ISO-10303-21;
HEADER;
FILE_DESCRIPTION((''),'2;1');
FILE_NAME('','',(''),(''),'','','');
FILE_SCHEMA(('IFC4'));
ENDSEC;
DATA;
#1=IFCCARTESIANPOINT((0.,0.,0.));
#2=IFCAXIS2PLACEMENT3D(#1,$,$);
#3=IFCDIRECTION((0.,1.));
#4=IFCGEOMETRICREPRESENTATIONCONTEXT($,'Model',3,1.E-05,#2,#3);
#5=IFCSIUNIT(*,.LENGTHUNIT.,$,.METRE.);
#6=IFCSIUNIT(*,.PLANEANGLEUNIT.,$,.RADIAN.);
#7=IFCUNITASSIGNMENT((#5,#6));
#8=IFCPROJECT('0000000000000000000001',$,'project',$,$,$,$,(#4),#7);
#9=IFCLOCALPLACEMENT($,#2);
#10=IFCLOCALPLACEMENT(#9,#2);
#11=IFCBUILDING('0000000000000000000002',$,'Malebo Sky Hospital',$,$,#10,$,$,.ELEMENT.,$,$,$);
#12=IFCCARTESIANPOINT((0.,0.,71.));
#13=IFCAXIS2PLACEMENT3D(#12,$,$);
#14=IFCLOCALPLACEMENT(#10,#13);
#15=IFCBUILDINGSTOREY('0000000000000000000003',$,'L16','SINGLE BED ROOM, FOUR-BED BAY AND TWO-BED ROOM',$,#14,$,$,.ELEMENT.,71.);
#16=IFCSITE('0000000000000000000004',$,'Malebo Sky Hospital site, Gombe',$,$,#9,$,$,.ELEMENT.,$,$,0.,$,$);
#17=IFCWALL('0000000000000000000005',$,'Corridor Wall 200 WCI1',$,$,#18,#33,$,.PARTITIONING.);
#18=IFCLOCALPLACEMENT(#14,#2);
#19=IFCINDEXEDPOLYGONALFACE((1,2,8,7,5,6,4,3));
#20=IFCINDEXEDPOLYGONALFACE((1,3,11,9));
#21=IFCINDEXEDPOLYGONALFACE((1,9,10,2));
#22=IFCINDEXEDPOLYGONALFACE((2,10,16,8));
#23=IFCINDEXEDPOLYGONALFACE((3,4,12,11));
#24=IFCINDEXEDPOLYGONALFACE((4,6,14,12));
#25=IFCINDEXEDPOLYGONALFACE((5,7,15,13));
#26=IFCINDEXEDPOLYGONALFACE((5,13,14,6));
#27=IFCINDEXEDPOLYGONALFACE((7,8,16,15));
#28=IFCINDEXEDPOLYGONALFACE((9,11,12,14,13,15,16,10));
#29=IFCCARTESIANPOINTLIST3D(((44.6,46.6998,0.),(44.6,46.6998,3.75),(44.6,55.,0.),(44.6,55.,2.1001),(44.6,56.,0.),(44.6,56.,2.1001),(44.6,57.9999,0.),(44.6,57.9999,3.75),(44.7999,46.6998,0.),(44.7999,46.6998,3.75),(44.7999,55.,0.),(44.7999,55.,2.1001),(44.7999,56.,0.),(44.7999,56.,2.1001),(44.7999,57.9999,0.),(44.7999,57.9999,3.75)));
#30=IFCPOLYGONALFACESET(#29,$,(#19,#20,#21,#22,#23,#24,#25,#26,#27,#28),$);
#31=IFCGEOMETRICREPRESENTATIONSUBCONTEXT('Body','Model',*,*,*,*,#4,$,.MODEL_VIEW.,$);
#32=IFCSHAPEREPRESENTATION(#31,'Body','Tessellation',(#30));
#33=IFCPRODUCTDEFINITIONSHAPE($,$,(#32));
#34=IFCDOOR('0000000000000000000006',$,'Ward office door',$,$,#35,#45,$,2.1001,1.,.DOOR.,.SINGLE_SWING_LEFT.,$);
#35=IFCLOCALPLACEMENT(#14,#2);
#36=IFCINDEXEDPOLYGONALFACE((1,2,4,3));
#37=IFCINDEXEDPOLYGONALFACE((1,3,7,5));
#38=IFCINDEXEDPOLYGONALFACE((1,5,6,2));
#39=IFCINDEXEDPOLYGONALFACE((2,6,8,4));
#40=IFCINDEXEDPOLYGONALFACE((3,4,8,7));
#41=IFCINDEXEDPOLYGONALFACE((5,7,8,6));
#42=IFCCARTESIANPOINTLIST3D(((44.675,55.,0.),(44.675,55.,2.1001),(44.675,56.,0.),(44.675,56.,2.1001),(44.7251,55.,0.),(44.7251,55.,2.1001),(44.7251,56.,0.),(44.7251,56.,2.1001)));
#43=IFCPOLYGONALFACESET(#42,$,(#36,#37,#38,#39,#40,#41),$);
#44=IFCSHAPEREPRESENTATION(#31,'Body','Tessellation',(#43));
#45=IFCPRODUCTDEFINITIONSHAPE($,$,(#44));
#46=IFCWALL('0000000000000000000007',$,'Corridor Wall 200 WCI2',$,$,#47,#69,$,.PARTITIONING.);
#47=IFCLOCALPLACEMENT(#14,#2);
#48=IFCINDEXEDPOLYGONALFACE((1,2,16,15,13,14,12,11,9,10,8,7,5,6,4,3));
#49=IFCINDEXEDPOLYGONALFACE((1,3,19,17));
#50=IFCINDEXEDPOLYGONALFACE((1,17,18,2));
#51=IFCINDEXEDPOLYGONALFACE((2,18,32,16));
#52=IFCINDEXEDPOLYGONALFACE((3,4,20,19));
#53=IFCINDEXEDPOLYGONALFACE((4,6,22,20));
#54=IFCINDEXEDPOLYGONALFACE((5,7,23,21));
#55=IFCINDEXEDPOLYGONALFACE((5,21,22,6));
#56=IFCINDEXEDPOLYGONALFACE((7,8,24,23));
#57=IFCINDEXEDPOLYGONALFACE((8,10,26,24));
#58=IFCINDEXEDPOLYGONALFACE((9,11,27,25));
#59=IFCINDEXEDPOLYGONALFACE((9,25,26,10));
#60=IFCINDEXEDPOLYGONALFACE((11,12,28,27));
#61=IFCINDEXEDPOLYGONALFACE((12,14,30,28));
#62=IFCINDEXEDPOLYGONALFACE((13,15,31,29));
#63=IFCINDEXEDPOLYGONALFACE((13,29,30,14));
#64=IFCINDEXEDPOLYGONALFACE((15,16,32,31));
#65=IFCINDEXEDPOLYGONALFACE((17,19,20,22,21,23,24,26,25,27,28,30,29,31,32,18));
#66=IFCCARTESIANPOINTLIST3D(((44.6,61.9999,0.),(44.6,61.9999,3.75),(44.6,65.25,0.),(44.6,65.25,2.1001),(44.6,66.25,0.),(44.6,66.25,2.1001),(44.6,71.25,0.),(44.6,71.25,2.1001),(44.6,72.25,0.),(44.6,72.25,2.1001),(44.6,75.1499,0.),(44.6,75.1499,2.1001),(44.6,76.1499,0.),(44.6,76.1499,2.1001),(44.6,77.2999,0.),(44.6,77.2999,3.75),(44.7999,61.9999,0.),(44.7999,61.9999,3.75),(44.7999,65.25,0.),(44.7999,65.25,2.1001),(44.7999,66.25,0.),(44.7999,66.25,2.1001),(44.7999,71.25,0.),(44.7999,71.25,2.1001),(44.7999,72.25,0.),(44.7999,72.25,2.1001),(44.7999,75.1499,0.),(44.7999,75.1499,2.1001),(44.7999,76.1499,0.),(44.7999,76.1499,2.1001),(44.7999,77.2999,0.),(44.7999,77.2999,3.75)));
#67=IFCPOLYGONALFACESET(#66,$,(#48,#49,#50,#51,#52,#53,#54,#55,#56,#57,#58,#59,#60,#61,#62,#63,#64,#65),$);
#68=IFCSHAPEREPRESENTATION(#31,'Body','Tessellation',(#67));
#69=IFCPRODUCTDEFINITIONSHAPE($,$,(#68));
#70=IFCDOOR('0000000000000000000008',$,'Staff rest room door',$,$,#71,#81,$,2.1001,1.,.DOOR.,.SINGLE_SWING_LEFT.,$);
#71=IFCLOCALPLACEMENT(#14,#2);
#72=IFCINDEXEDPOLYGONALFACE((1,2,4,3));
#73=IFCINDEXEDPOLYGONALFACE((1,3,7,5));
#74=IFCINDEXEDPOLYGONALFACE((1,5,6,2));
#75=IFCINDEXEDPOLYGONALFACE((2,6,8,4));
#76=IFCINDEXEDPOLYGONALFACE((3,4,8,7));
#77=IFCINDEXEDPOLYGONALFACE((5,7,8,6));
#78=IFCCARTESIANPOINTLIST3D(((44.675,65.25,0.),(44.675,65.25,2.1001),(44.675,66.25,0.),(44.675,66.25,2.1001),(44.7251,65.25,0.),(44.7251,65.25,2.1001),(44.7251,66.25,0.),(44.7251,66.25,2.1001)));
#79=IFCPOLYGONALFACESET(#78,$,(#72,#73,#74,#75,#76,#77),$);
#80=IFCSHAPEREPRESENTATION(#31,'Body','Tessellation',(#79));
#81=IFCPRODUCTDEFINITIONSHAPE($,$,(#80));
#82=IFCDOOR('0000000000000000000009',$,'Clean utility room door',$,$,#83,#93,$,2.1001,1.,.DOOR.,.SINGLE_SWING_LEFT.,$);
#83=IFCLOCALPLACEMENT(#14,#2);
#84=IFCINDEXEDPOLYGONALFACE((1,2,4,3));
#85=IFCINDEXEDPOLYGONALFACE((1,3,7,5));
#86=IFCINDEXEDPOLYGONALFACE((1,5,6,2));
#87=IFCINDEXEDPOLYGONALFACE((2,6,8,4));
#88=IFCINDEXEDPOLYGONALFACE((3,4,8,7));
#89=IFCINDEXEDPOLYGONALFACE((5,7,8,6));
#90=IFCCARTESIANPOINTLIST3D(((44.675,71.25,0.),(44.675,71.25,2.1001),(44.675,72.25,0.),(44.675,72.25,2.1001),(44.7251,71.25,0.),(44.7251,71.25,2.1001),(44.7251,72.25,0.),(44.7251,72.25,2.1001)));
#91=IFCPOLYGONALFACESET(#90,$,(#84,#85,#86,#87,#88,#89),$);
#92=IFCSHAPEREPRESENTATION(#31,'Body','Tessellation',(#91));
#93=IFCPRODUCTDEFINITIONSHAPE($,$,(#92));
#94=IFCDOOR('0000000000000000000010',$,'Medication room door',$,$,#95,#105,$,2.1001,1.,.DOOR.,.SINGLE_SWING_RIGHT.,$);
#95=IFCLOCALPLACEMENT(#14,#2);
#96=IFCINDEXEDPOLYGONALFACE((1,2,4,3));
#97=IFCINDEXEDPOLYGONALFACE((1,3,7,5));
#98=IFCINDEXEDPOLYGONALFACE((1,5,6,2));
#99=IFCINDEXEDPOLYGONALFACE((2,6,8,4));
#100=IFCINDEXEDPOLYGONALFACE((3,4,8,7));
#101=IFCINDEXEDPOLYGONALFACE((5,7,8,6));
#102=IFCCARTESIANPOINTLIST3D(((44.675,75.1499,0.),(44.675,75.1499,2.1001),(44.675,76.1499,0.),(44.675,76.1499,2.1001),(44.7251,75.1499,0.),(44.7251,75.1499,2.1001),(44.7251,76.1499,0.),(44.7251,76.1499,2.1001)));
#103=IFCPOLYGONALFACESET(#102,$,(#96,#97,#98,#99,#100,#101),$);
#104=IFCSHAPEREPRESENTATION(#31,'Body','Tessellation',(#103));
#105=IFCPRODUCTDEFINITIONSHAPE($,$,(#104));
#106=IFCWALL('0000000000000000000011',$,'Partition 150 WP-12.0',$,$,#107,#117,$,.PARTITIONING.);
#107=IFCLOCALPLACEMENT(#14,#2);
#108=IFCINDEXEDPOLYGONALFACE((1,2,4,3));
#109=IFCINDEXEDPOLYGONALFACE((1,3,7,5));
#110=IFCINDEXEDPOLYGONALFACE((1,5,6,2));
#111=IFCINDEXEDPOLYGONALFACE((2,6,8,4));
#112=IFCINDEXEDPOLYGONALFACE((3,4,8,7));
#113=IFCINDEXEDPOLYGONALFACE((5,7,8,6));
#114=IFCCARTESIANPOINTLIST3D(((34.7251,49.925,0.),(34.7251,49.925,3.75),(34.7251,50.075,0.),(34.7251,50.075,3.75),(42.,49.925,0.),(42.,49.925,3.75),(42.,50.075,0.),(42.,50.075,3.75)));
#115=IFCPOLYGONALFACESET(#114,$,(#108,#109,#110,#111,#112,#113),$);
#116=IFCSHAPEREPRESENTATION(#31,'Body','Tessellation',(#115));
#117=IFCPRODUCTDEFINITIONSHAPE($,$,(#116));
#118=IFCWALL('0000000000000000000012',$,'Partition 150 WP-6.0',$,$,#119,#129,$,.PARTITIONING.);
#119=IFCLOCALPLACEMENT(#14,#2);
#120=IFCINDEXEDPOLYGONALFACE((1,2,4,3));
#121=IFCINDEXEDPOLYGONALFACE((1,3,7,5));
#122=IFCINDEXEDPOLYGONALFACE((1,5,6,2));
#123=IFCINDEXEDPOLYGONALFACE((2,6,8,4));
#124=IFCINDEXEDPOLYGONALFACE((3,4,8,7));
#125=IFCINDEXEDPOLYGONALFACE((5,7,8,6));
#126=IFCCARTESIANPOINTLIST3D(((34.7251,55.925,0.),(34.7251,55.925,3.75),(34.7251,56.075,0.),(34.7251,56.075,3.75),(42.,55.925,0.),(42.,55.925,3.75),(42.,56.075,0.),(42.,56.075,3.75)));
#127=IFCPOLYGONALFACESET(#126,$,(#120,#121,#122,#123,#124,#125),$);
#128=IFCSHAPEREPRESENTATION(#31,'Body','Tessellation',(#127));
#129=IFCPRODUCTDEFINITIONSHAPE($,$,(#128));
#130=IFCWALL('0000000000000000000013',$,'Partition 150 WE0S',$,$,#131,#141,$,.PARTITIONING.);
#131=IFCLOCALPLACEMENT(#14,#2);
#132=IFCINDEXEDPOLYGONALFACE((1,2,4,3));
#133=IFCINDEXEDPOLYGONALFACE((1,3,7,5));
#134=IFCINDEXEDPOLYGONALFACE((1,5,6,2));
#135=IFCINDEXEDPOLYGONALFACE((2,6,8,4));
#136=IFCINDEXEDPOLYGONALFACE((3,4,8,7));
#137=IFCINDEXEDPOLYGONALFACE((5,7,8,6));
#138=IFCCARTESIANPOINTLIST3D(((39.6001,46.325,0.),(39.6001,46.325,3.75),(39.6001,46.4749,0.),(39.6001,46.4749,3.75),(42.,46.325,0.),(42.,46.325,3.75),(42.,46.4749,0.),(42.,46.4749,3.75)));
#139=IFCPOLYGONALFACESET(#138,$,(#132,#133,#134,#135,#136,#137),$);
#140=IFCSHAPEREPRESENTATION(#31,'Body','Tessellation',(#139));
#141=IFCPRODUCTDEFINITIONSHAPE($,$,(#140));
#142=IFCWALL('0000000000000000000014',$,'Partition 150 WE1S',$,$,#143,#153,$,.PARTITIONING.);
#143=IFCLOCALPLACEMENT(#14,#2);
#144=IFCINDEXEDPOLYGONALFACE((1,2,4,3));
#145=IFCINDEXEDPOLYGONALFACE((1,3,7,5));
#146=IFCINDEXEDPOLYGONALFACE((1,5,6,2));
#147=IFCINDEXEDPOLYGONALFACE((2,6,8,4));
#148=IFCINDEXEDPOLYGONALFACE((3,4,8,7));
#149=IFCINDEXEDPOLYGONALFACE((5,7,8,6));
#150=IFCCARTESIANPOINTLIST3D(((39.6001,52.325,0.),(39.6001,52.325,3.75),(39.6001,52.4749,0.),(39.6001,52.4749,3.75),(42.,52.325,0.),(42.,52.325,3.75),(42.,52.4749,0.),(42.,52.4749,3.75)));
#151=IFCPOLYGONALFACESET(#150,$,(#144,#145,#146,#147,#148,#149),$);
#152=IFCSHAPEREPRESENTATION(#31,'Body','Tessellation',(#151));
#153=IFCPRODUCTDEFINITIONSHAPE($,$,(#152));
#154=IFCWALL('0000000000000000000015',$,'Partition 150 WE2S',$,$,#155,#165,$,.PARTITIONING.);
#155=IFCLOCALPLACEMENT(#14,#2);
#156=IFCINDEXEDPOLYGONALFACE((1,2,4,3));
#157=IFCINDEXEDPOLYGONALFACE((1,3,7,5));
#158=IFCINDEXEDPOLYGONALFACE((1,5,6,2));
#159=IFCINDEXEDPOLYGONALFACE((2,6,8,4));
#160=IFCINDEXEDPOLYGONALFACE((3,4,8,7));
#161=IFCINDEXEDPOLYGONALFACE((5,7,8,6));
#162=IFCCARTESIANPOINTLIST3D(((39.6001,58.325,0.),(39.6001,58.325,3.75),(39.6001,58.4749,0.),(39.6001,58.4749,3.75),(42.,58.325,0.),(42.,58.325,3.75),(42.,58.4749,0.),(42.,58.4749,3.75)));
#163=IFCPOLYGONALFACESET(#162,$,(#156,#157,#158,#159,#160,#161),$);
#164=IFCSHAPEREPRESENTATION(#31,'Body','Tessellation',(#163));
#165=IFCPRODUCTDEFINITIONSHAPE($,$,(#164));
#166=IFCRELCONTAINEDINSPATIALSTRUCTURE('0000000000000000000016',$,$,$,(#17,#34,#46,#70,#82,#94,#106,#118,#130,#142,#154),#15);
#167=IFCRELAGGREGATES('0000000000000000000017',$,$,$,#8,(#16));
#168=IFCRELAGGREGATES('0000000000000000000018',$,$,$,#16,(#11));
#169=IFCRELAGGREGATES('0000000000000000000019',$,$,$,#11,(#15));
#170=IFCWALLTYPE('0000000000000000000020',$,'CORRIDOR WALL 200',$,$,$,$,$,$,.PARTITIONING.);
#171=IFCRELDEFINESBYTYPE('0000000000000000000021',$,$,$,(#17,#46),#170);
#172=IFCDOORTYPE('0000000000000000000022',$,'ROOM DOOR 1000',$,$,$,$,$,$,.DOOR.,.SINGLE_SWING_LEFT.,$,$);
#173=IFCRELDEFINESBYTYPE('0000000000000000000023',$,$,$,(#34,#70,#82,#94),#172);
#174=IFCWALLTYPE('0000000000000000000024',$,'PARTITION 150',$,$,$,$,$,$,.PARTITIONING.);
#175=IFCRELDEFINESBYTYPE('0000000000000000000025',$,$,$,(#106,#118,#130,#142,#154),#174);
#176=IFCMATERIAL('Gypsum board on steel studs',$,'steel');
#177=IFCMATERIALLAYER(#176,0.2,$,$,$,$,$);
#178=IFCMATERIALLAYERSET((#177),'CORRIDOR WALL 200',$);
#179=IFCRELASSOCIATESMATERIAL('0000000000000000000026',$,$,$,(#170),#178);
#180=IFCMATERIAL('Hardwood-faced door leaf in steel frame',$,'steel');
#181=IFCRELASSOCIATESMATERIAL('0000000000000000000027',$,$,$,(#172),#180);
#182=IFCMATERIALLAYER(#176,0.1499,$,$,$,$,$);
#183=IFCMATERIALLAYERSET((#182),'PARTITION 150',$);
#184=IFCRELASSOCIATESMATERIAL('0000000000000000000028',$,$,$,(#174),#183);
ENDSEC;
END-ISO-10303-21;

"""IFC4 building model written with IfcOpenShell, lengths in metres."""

from ifc_helpers import new_model, si_unit, direction, frame, frame_2d, origin, place, context, subcontext, project, spatial, rectangle, extrude, material, layer, layer_set, type_object, element, fill, save


model = new_model("IFC4")

# Units and contexts
model_context = context("Model", 3, precision=1e-05, world=origin(), true_north=direction((0.0, 1.0)))
body_context = subcontext(model_context, "Body", "Model", "MODEL_VIEW")
ifc_project = project(units=[si_unit("LENGTHUNIT", "METRE"), si_unit("PLANEANGLEUNIT", "RADIAN")], contexts=[model_context])

# Site, building, storey
site_placement = place(None, origin())
site = spatial("IfcSite", under=ifc_project, at=site_placement, Name="Malebo Sky Hospital site, Gombe", CompositionType="ELEMENT", RefElevation=0.0)
building_placement = place(site_placement, origin())
building = spatial("IfcBuilding", under=site, at=building_placement, Name="Malebo Sky Hospital", CompositionType="ELEMENT")
storey_placement = place(building_placement, frame((0.0, 0.0, 71.0)))
storey = spatial("IfcBuildingStorey", under=building, at=storey_placement, Name="L16", Description="SINGLE BED ROOM, FOUR-BED BAY AND TWO-BED ROOM", CompositionType="ELEMENT", Elevation=71.0)

# Wall, opening, door
ifc_material_1 = material(Name="Gypsum board on steel studs", Category="steel")
ifc_layer_1 = layer(ifc_material_1, 0.2)
ifc_layer_set_1 = layer_set([ifc_layer_1], Name="CORRIDOR WALL 200")
wall_type_1 = type_object("IfcWallType", Name="CORRIDOR WALL 200", PredefinedType="PARTITIONING", material=ifc_layer_set_1)
wall_1_placement = place(storey_placement, frame((44.7, 46.7, 0.0), z_axis=(0.0, 0.0, 1.0), x_axis=(0.0, 1.0, 0.0)))
wall_1 = element("IfcWall", 1, at=wall_1_placement, inside=storey, type_object=wall_type_1, Name="Corridor Wall 200 WCI1", PredefinedType="PARTITIONING", context=body_context, shape_type="SweptSolid", body=[
    extrude(rectangle(XDim=11.3, YDim=0.2, at=frame_2d((5.6499, 0.0))), origin(), (0.0, 0.0, 1.0), 3.75),
])
opening_1_placement = place(wall_1_placement, frame((8.3, 0.0, 0.0)))
opening_1 = element("IfcOpeningElement", 2, at=opening_1_placement, cuts=wall_1, PredefinedType="OPENING", context=body_context, shape_type="SweptSolid", body=[
    extrude(rectangle(XDim=1.0, YDim=2.1001, at=frame_2d((0.5, 1.05))), frame((0.0, 0.1099, 0.0), z_axis=(0.0, -1.0, 0.0), x_axis=(1.0, 0.0, 0.0)), (0.0, 0.0, 1.0), 0.22),
])
ifc_material_2 = material(Name="Hardwood-faced door leaf in steel frame", Category="steel")
door_type_1 = type_object("IfcDoorType", Name="ROOM DOOR 1000", OperationType="SINGLE_SWING_LEFT", PredefinedType="DOOR", material=ifc_material_2)
door_1_placement = place(opening_1_placement, origin())
door_1 = element("IfcDoor", 3, at=door_1_placement, inside=storey, type_object=door_type_1, Name="Ward office door", OperationType="SINGLE_SWING_LEFT", OverallHeight=2.1001, OverallWidth=1.0, PredefinedType="DOOR", context=body_context, shape_type="SweptSolid", body=[
    extrude(rectangle(XDim=1.0, YDim=2.1001, at=frame_2d((0.5, 1.05))), frame((0.0, 0.0249, 0.0), z_axis=(0.0, -1.0, 0.0), x_axis=(1.0, 0.0, 0.0)), (0.0, 0.0, 1.0), 0.05),
])
fill(opening_1, door_1)

# Wall, openings, doors
wall_2_placement = place(storey_placement, frame((44.7, 62.0, 0.0), z_axis=(0.0, 0.0, 1.0), x_axis=(0.0, 1.0, 0.0)))
wall_2 = element("IfcWall", 4, at=wall_2_placement, inside=storey, type_object=wall_type_1, Name="Corridor Wall 200 WCI2", PredefinedType="PARTITIONING", context=body_context, shape_type="SweptSolid", body=[
    extrude(rectangle(XDim=15.3, YDim=0.2, at=frame_2d((7.6499, 0.0))), origin(), (0.0, 0.0, 1.0), 3.75),
])
opening_2_placement = place(wall_2_placement, frame((3.25, 0.0, 0.0)))
opening_2 = element("IfcOpeningElement", 5, at=opening_2_placement, cuts=wall_2, PredefinedType="OPENING", context=body_context, shape_type="SweptSolid", body=[
    extrude(rectangle(XDim=1.0, YDim=2.1001, at=frame_2d((0.5, 1.05))), frame((0.0, 0.1099, 0.0), z_axis=(0.0, -1.0, 0.0), x_axis=(1.0, 0.0, 0.0)), (0.0, 0.0, 1.0), 0.22),
])
opening_3_placement = place(wall_2_placement, frame((9.25, 0.0, 0.0)))
opening_3 = element("IfcOpeningElement", 6, at=opening_3_placement, cuts=wall_2, PredefinedType="OPENING", context=body_context, shape_type="SweptSolid", body=[
    extrude(rectangle(XDim=1.0, YDim=2.1001, at=frame_2d((0.5, 1.05))), frame((0.0, 0.1099, 0.0), z_axis=(0.0, -1.0, 0.0), x_axis=(1.0, 0.0, 0.0)), (0.0, 0.0, 1.0), 0.22),
])
opening_4_placement = place(wall_2_placement, frame((13.1499, 0.0, 0.0)))
opening_4 = element("IfcOpeningElement", 7, at=opening_4_placement, cuts=wall_2, PredefinedType="OPENING", context=body_context, shape_type="SweptSolid", body=[
    extrude(rectangle(XDim=1.0, YDim=2.1001, at=frame_2d((0.5, 1.05))), frame((0.0, 0.1099, 0.0), z_axis=(0.0, -1.0, 0.0), x_axis=(1.0, 0.0, 0.0)), (0.0, 0.0, 1.0), 0.22),
])
door_2_placement = place(opening_2_placement, origin())
door_2 = element("IfcDoor", 8, at=door_2_placement, inside=storey, type_object=door_type_1, Name="Staff rest room door", OperationType="SINGLE_SWING_LEFT", OverallHeight=2.1001, OverallWidth=1.0, PredefinedType="DOOR", context=body_context, shape_type="SweptSolid", body=[
    extrude(rectangle(XDim=1.0, YDim=2.1001, at=frame_2d((0.5, 1.05))), frame((0.0, 0.0249, 0.0), z_axis=(0.0, -1.0, 0.0), x_axis=(1.0, 0.0, 0.0)), (0.0, 0.0, 1.0), 0.05),
])
fill(opening_2, door_2)
door_3_placement = place(opening_3_placement, origin())
door_3 = element("IfcDoor", 9, at=door_3_placement, inside=storey, type_object=door_type_1, Name="Clean utility room door", OperationType="SINGLE_SWING_LEFT", OverallHeight=2.1001, OverallWidth=1.0, PredefinedType="DOOR", context=body_context, shape_type="SweptSolid", body=[
    extrude(rectangle(XDim=1.0, YDim=2.1001, at=frame_2d((0.5, 1.05))), frame((0.0, 0.0249, 0.0), z_axis=(0.0, -1.0, 0.0), x_axis=(1.0, 0.0, 0.0)), (0.0, 0.0, 1.0), 0.05),
])
fill(opening_3, door_3)
door_4_placement = place(opening_4_placement, origin())
door_4 = element("IfcDoor", 10, at=door_4_placement, inside=storey, type_object=door_type_1, Name="Medication room door", OperationType="SINGLE_SWING_RIGHT", OverallHeight=2.1001, OverallWidth=1.0, PredefinedType="DOOR", context=body_context, shape_type="SweptSolid", body=[
    extrude(rectangle(XDim=1.0, YDim=2.1001, at=frame_2d((0.5, 1.05))), frame((0.0, 0.0249, 0.0), z_axis=(0.0, -1.0, 0.0), x_axis=(1.0, 0.0, 0.0)), (0.0, 0.0, 1.0), 0.05),
])
fill(opening_4, door_4)

# Walls
ifc_layer_2 = layer(ifc_material_1, 0.1499)
ifc_layer_set_2 = layer_set([ifc_layer_2], Name="PARTITION 150")
wall_type_2 = type_object("IfcWallType", Name="PARTITION 150", PredefinedType="PARTITIONING", material=ifc_layer_set_2)
for number, where, z_axis, x_axis, name in (
    (11, (42.0, 50.0, 0.0), (0.0, 0.0, 1.0), (-1.0, 0.0, 0.0), "Partition 150 WP-12.0"),
    (12, (42.0, 56.0, 0.0), (0.0, 0.0, 1.0), (-1.0, 0.0, 0.0), "Partition 150 WP-6.0"),
):
    element("IfcWall", number, at=place(storey_placement, frame(where, z_axis=z_axis, x_axis=x_axis)), inside=storey, type_object=wall_type_2, Name=name, PredefinedType="PARTITIONING", context=body_context, shape_type="SweptSolid", body=[
        extrude(rectangle(XDim=7.2749, YDim=0.1499, at=frame_2d((3.6375, 0.0))), origin(), (0.0, 0.0, 1.0), 3.75),
    ])
for number, where, z_axis, x_axis, name in (
    (13, (42.0, 46.3999, 0.0), (0.0, 0.0, 1.0), (-1.0, 0.0, 0.0), "Partition 150 WE0S"),
    (14, (42.0, 52.3999, 0.0), (0.0, 0.0, 1.0), (-1.0, 0.0, 0.0), "Partition 150 WE1S"),
    (15, (42.0, 58.3999, 0.0), (0.0, 0.0, 1.0), (-1.0, 0.0, 0.0), "Partition 150 WE2S"),
):
    element("IfcWall", number, at=place(storey_placement, frame(where, z_axis=z_axis, x_axis=x_axis)), inside=storey, type_object=wall_type_2, Name=name, PredefinedType="PARTITIONING", context=body_context, shape_type="SweptSolid", body=[
        extrude(rectangle(XDim=2.3999, YDim=0.1499, at=frame_2d((1.2, 0.0))), origin(), (0.0, 0.0, 1.0), 3.75),
    ])

save(model, "model.ifc")
